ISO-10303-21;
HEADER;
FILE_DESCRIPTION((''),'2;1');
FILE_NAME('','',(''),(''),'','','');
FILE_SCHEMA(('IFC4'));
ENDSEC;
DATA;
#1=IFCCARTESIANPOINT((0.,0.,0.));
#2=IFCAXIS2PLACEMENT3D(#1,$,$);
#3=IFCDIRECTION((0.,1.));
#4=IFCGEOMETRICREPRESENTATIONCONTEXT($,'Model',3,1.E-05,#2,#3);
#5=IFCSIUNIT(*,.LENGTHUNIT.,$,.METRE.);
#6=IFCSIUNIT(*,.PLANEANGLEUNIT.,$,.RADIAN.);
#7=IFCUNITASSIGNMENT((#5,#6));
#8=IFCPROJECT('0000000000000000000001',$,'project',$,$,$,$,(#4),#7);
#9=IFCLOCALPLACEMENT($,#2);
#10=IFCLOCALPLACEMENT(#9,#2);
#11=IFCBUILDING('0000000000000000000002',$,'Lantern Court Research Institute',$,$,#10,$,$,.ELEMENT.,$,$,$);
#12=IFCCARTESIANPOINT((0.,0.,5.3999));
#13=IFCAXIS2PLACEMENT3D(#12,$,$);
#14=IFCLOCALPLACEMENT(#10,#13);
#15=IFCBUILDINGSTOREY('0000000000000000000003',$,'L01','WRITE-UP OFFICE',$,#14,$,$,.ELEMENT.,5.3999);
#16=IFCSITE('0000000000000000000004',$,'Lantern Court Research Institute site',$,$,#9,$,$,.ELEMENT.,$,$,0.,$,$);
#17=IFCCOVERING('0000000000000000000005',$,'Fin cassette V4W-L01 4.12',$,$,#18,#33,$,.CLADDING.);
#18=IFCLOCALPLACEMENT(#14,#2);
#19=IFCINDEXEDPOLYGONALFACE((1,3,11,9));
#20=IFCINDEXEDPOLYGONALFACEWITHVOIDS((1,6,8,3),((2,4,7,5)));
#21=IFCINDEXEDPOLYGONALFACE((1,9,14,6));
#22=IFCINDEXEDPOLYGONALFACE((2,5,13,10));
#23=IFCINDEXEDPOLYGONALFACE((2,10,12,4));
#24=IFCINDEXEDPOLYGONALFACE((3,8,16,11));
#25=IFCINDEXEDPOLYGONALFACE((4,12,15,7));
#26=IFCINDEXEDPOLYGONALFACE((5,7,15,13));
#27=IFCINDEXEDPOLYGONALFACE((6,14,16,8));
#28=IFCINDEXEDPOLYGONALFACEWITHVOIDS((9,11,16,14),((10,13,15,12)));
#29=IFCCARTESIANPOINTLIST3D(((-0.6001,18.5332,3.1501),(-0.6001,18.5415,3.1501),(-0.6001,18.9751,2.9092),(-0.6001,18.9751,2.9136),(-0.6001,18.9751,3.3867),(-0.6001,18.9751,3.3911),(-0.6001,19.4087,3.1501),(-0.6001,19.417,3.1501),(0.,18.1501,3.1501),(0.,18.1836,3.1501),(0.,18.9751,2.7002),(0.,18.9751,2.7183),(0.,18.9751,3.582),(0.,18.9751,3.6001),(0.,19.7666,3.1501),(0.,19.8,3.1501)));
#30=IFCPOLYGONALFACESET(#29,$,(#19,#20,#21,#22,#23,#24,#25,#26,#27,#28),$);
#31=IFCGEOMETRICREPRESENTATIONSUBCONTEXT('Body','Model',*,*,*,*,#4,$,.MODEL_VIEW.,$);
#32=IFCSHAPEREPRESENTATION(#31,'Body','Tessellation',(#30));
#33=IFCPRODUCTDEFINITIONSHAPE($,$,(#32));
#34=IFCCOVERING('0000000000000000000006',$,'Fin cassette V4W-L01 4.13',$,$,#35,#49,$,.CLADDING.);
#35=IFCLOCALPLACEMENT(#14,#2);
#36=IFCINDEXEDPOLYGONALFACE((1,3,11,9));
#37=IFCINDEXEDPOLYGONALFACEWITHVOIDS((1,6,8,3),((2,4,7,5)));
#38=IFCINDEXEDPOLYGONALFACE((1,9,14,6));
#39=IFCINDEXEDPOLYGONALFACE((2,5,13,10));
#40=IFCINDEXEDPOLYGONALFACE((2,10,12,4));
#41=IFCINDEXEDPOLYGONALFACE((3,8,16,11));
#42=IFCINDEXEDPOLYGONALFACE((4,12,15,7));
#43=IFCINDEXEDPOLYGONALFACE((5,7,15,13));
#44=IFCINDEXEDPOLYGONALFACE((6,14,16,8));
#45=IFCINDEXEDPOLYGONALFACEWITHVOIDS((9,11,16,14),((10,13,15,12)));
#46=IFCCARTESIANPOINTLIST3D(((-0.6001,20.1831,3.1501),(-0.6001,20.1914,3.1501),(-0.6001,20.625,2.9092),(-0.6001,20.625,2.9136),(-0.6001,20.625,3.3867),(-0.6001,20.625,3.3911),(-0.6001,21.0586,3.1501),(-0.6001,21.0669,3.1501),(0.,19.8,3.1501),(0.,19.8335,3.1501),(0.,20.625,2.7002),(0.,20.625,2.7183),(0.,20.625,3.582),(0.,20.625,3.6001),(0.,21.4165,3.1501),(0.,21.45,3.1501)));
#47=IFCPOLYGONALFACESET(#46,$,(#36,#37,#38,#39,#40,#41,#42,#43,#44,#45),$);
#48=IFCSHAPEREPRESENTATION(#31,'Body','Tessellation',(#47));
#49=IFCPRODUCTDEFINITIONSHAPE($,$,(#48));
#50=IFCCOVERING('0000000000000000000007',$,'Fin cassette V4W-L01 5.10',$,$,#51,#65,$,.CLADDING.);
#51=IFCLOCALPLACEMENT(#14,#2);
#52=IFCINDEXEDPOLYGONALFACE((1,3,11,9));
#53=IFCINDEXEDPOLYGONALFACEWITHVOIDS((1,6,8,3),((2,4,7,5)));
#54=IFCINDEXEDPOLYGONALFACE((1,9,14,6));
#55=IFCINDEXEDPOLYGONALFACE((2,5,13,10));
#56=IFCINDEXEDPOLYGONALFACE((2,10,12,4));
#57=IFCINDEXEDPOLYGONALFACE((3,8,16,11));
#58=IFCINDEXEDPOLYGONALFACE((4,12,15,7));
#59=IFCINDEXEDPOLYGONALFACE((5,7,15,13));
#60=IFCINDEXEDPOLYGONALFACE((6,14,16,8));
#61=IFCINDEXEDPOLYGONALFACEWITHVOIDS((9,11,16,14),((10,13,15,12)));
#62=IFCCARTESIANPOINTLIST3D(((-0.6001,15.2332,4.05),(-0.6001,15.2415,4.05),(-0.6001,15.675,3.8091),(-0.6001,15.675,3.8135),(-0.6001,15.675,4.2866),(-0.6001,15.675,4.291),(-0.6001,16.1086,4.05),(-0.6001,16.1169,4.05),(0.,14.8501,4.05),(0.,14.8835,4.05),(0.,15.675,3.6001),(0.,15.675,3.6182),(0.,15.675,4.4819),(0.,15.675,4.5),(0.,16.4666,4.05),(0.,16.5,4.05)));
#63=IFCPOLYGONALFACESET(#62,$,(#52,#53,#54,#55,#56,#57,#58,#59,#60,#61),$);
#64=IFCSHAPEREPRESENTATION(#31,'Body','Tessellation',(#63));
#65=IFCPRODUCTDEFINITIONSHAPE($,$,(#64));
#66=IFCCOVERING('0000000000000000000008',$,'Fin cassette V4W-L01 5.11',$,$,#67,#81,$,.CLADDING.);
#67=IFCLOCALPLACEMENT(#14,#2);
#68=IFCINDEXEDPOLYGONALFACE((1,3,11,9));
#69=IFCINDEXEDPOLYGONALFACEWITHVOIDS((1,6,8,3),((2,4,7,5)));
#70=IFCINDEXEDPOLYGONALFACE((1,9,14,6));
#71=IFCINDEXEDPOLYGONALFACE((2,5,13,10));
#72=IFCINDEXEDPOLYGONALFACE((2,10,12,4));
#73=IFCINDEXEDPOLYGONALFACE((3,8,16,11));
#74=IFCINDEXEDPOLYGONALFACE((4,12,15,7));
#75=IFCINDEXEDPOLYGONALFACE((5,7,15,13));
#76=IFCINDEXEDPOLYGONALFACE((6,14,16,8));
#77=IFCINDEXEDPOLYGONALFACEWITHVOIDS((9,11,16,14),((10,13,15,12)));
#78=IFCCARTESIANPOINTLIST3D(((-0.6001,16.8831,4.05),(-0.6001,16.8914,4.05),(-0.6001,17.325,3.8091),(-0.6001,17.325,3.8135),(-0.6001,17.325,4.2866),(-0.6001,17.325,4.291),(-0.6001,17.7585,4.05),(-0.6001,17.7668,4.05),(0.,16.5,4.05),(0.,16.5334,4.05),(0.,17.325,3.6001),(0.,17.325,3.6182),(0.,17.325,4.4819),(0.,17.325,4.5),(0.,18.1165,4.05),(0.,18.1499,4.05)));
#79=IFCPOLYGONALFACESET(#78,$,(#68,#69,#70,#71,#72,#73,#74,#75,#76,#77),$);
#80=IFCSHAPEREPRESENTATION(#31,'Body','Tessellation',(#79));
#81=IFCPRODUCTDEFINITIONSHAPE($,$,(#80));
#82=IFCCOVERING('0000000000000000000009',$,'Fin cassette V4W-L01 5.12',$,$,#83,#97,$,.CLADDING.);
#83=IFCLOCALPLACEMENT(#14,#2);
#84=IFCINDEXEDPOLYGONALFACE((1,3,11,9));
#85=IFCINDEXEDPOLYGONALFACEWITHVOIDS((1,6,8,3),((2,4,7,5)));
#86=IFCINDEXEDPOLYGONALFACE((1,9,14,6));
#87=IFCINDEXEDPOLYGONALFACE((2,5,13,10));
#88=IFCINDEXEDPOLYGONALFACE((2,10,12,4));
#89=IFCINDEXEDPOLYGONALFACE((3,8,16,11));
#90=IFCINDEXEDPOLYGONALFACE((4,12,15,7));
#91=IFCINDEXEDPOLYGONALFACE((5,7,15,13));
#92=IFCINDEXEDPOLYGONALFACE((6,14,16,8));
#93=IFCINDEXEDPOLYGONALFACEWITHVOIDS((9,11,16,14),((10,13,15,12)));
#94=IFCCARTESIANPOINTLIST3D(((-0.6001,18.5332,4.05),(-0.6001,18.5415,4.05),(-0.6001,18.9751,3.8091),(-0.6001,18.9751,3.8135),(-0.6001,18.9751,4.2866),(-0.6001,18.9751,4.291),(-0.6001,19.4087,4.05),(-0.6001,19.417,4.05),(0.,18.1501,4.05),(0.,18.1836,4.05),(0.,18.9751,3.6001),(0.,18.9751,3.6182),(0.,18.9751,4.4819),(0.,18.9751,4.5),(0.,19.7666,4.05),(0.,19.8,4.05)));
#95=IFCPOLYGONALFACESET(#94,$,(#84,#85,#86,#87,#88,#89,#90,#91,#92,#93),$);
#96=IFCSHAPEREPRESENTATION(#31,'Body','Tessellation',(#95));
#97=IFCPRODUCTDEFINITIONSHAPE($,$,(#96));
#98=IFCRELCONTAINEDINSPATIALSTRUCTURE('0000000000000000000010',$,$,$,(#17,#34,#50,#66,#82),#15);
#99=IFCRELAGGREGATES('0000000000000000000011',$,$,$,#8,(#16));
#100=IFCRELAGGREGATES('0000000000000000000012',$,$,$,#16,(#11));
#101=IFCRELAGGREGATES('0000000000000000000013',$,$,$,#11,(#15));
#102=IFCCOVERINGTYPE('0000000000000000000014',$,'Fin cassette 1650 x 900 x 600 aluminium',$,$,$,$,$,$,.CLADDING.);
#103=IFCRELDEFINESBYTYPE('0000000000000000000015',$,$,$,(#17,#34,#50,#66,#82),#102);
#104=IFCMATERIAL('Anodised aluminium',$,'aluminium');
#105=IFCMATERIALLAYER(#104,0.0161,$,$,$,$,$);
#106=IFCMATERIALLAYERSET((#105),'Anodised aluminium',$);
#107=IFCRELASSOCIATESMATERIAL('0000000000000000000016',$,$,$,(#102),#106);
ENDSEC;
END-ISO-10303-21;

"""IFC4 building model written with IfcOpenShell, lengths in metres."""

from ifc_helpers import new_model, entity, si_unit, direction, frame, origin, place, context, subcontext, project, spatial, material, layer, layer_set, type_object, element, save


model = new_model("IFC4")

# Units and contexts
model_context = context("Model", 3, precision=1e-05, world=origin(), true_north=direction((0.0, 1.0)))
body_context = subcontext(model_context, "Body", "Model", "MODEL_VIEW")
ifc_project = project(units=[si_unit("LENGTHUNIT", "METRE"), si_unit("PLANEANGLEUNIT", "RADIAN")], contexts=[model_context])

# Site, building, storey
site_placement = place(None, origin())
site = spatial("IfcSite", under=ifc_project, at=site_placement, Name="Lantern Court Research Institute site", CompositionType="ELEMENT", RefElevation=0.0)
building_placement = place(site_placement, origin())
building = spatial("IfcBuilding", under=site, at=building_placement, Name="Lantern Court Research Institute", CompositionType="ELEMENT")
storey_placement = place(building_placement, frame((0.0, 0.0, 5.3999)))
storey = spatial("IfcBuildingStorey", under=building, at=storey_placement, Name="L01", Description="WRITE-UP OFFICE", CompositionType="ELEMENT", Elevation=5.3999)

# Coverings
ifc_material_1 = material(Name="Anodised aluminium", Category="aluminium")
ifc_layer_1 = layer(ifc_material_1, 0.0161)
ifc_layer_set_1 = layer_set([ifc_layer_1], Name="Anodised aluminium")
covering_type = type_object("IfcCoveringType", Name="Fin cassette 1650 x 900 x 600 aluminium", PredefinedType="CLADDING", material=ifc_layer_set_1)
covering_1_placement = place(storey_placement, frame((0.0, 18.9751, 3.1501), z_axis=(-1.0, 0.0, 0.0), x_axis=(0.0, -1.0, 0.0)))
cartesian_point_1 = entity("IfcCartesianPoint", [0.825, 0.0])
cartesian_point_2 = entity("IfcCartesianPoint", [0.7915, 0.0])
cartesian_point_3 = entity("IfcCartesianPoint", [0.4419, 0.0])
cartesian_point_4 = entity("IfcCartesianPoint", [0.4336, 0.0])
element("IfcCovering", 1, at=covering_1_placement, inside=storey, type_object=covering_type, Name="Fin cassette V4W-L01 4.12", PredefinedType="CLADDING", context=body_context, shape_type="SweptSolid", body=[
    entity("IfcExtrudedAreaSolidTapered", entity("IfcArbitraryProfileDefWithVoids", "AREA", None, entity("IfcPolyline", [cartesian_point_1, entity("IfcCartesianPoint", [0.0, 0.45]), entity("IfcCartesianPoint", [-0.825, 0.0]), entity("IfcCartesianPoint", [0.0, -0.45]), cartesian_point_1]), [entity("IfcPolyline", [cartesian_point_2, entity("IfcCartesianPoint", [0.0, 0.4319]), entity("IfcCartesianPoint", [-0.7915, 0.0]), entity("IfcCartesianPoint", [0.0, -0.4319]), cartesian_point_2])]), entity("IfcAxis2Placement3D", entity("IfcCartesianPoint", [0.0, 0.0, 0.0])), entity("IfcDirection", [0.0, 0.0, 1.0]), 0.6001, entity("IfcArbitraryProfileDefWithVoids", "AREA", None, entity("IfcPolyline", [cartesian_point_3, entity("IfcCartesianPoint", [0.0, 0.241]), entity("IfcCartesianPoint", [-0.4419, 0.0]), entity("IfcCartesianPoint", [0.0, -0.241]), cartesian_point_3]), [entity("IfcPolyline", [cartesian_point_4, entity("IfcCartesianPoint", [0.0, 0.2366]), entity("IfcCartesianPoint", [-0.4336, 0.0]), entity("IfcCartesianPoint", [0.0, -0.2366]), cartesian_point_4])])),
])
covering_2_placement = place(storey_placement, frame((0.0, 20.625, 3.1501), z_axis=(-1.0, 0.0, 0.0), x_axis=(0.0, -1.0, 0.0)))
cartesian_point_5 = entity("IfcCartesianPoint", [0.825, 0.0])
cartesian_point_6 = entity("IfcCartesianPoint", [0.7915, 0.0])
cartesian_point_7 = entity("IfcCartesianPoint", [0.4419, 0.0])
cartesian_point_8 = entity("IfcCartesianPoint", [0.4336, 0.0])
element("IfcCovering", 2, at=covering_2_placement, inside=storey, type_object=covering_type, Name="Fin cassette V4W-L01 4.13", PredefinedType="CLADDING", context=body_context, shape_type="SweptSolid", body=[
    entity("IfcExtrudedAreaSolidTapered", entity("IfcArbitraryProfileDefWithVoids", "AREA", None, entity("IfcPolyline", [cartesian_point_5, entity("IfcCartesianPoint", [0.0, 0.45]), entity("IfcCartesianPoint", [-0.825, 0.0]), entity("IfcCartesianPoint", [0.0, -0.45]), cartesian_point_5]), [entity("IfcPolyline", [cartesian_point_6, entity("IfcCartesianPoint", [0.0, 0.4319]), entity("IfcCartesianPoint", [-0.7915, 0.0]), entity("IfcCartesianPoint", [0.0, -0.4319]), cartesian_point_6])]), entity("IfcAxis2Placement3D", entity("IfcCartesianPoint", [0.0, 0.0, 0.0])), entity("IfcDirection", [0.0, 0.0, 1.0]), 0.6001, entity("IfcArbitraryProfileDefWithVoids", "AREA", None, entity("IfcPolyline", [cartesian_point_7, entity("IfcCartesianPoint", [0.0, 0.241]), entity("IfcCartesianPoint", [-0.4419, 0.0]), entity("IfcCartesianPoint", [0.0, -0.241]), cartesian_point_7]), [entity("IfcPolyline", [cartesian_point_8, entity("IfcCartesianPoint", [0.0, 0.2366]), entity("IfcCartesianPoint", [-0.4336, 0.0]), entity("IfcCartesianPoint", [0.0, -0.2366]), cartesian_point_8])])),
])
covering_3_placement = place(storey_placement, frame((0.0, 15.675, 4.05), z_axis=(-1.0, 0.0, 0.0), x_axis=(0.0, -1.0, 0.0)))
cartesian_point_9 = entity("IfcCartesianPoint", [0.825, 0.0])
cartesian_point_10 = entity("IfcCartesianPoint", [0.7915, 0.0])
cartesian_point_11 = entity("IfcCartesianPoint", [0.4419, 0.0])
cartesian_point_12 = entity("IfcCartesianPoint", [0.4336, 0.0])
element("IfcCovering", 3, at=covering_3_placement, inside=storey, type_object=covering_type, Name="Fin cassette V4W-L01 5.10", PredefinedType="CLADDING", context=body_context, shape_type="SweptSolid", body=[
    entity("IfcExtrudedAreaSolidTapered", entity("IfcArbitraryProfileDefWithVoids", "AREA", None, entity("IfcPolyline", [cartesian_point_9, entity("IfcCartesianPoint", [0.0, 0.45]), entity("IfcCartesianPoint", [-0.825, 0.0]), entity("IfcCartesianPoint", [0.0, -0.45]), cartesian_point_9]), [entity("IfcPolyline", [cartesian_point_10, entity("IfcCartesianPoint", [0.0, 0.4319]), entity("IfcCartesianPoint", [-0.7915, 0.0]), entity("IfcCartesianPoint", [0.0, -0.4319]), cartesian_point_10])]), entity("IfcAxis2Placement3D", entity("IfcCartesianPoint", [0.0, 0.0, 0.0])), entity("IfcDirection", [0.0, 0.0, 1.0]), 0.6001, entity("IfcArbitraryProfileDefWithVoids", "AREA", None, entity("IfcPolyline", [cartesian_point_11, entity("IfcCartesianPoint", [0.0, 0.241]), entity("IfcCartesianPoint", [-0.4419, 0.0]), entity("IfcCartesianPoint", [0.0, -0.241]), cartesian_point_11]), [entity("IfcPolyline", [cartesian_point_12, entity("IfcCartesianPoint", [0.0, 0.2366]), entity("IfcCartesianPoint", [-0.4336, 0.0]), entity("IfcCartesianPoint", [0.0, -0.2366]), cartesian_point_12])])),
])
covering_4_placement = place(storey_placement, frame((0.0, 17.325, 4.05), z_axis=(-1.0, 0.0, 0.0), x_axis=(0.0, -1.0, 0.0)))
cartesian_point_13 = entity("IfcCartesianPoint", [0.825, 0.0])
cartesian_point_14 = entity("IfcCartesianPoint", [0.7915, 0.0])
cartesian_point_15 = entity("IfcCartesianPoint", [0.4419, 0.0])
cartesian_point_16 = entity("IfcCartesianPoint", [0.4336, 0.0])
element("IfcCovering", 4, at=covering_4_placement, inside=storey, type_object=covering_type, Name="Fin cassette V4W-L01 5.11", PredefinedType="CLADDING", context=body_context, shape_type="SweptSolid", body=[
    entity("IfcExtrudedAreaSolidTapered", entity("IfcArbitraryProfileDefWithVoids", "AREA", None, entity("IfcPolyline", [cartesian_point_13, entity("IfcCartesianPoint", [0.0, 0.45]), entity("IfcCartesianPoint", [-0.825, 0.0]), entity("IfcCartesianPoint", [0.0, -0.45]), cartesian_point_13]), [entity("IfcPolyline", [cartesian_point_14, entity("IfcCartesianPoint", [0.0, 0.4319]), entity("IfcCartesianPoint", [-0.7915, 0.0]), entity("IfcCartesianPoint", [0.0, -0.4319]), cartesian_point_14])]), entity("IfcAxis2Placement3D", entity("IfcCartesianPoint", [0.0, 0.0, 0.0])), entity("IfcDirection", [0.0, 0.0, 1.0]), 0.6001, entity("IfcArbitraryProfileDefWithVoids", "AREA", None, entity("IfcPolyline", [cartesian_point_15, entity("IfcCartesianPoint", [0.0, 0.241]), entity("IfcCartesianPoint", [-0.4419, 0.0]), entity("IfcCartesianPoint", [0.0, -0.241]), cartesian_point_15]), [entity("IfcPolyline", [cartesian_point_16, entity("IfcCartesianPoint", [0.0, 0.2366]), entity("IfcCartesianPoint", [-0.4336, 0.0]), entity("IfcCartesianPoint", [0.0, -0.2366]), cartesian_point_16])])),
])
covering_5_placement = place(storey_placement, frame((0.0, 18.9751, 4.05), z_axis=(-1.0, 0.0, 0.0), x_axis=(0.0, -1.0, 0.0)))
cartesian_point_17 = entity("IfcCartesianPoint", [0.825, 0.0])
cartesian_point_18 = entity("IfcCartesianPoint", [0.7915, 0.0])
cartesian_point_19 = entity("IfcCartesianPoint", [0.4419, 0.0])
cartesian_point_20 = entity("IfcCartesianPoint", [0.4336, 0.0])
element("IfcCovering", 5, at=covering_5_placement, inside=storey, type_object=covering_type, Name="Fin cassette V4W-L01 5.12", PredefinedType="CLADDING", context=body_context, shape_type="SweptSolid", body=[
    entity("IfcExtrudedAreaSolidTapered", entity("IfcArbitraryProfileDefWithVoids", "AREA", None, entity("IfcPolyline", [cartesian_point_17, entity("IfcCartesianPoint", [0.0, 0.45]), entity("IfcCartesianPoint", [-0.825, 0.0]), entity("IfcCartesianPoint", [0.0, -0.45]), cartesian_point_17]), [entity("IfcPolyline", [cartesian_point_18, entity("IfcCartesianPoint", [0.0, 0.4319]), entity("IfcCartesianPoint", [-0.7915, 0.0]), entity("IfcCartesianPoint", [0.0, -0.4319]), cartesian_point_18])]), entity("IfcAxis2Placement3D", entity("IfcCartesianPoint", [0.0, 0.0, 0.0])), entity("IfcDirection", [0.0, 0.0, 1.0]), 0.6001, entity("IfcArbitraryProfileDefWithVoids", "AREA", None, entity("IfcPolyline", [cartesian_point_19, entity("IfcCartesianPoint", [0.0, 0.241]), entity("IfcCartesianPoint", [-0.4419, 0.0]), entity("IfcCartesianPoint", [0.0, -0.241]), cartesian_point_19]), [entity("IfcPolyline", [cartesian_point_20, entity("IfcCartesianPoint", [0.0, 0.2366]), entity("IfcCartesianPoint", [-0.4336, 0.0]), entity("IfcCartesianPoint", [0.0, -0.2366]), cartesian_point_20])])),
])

save(model, "model.ifc")
